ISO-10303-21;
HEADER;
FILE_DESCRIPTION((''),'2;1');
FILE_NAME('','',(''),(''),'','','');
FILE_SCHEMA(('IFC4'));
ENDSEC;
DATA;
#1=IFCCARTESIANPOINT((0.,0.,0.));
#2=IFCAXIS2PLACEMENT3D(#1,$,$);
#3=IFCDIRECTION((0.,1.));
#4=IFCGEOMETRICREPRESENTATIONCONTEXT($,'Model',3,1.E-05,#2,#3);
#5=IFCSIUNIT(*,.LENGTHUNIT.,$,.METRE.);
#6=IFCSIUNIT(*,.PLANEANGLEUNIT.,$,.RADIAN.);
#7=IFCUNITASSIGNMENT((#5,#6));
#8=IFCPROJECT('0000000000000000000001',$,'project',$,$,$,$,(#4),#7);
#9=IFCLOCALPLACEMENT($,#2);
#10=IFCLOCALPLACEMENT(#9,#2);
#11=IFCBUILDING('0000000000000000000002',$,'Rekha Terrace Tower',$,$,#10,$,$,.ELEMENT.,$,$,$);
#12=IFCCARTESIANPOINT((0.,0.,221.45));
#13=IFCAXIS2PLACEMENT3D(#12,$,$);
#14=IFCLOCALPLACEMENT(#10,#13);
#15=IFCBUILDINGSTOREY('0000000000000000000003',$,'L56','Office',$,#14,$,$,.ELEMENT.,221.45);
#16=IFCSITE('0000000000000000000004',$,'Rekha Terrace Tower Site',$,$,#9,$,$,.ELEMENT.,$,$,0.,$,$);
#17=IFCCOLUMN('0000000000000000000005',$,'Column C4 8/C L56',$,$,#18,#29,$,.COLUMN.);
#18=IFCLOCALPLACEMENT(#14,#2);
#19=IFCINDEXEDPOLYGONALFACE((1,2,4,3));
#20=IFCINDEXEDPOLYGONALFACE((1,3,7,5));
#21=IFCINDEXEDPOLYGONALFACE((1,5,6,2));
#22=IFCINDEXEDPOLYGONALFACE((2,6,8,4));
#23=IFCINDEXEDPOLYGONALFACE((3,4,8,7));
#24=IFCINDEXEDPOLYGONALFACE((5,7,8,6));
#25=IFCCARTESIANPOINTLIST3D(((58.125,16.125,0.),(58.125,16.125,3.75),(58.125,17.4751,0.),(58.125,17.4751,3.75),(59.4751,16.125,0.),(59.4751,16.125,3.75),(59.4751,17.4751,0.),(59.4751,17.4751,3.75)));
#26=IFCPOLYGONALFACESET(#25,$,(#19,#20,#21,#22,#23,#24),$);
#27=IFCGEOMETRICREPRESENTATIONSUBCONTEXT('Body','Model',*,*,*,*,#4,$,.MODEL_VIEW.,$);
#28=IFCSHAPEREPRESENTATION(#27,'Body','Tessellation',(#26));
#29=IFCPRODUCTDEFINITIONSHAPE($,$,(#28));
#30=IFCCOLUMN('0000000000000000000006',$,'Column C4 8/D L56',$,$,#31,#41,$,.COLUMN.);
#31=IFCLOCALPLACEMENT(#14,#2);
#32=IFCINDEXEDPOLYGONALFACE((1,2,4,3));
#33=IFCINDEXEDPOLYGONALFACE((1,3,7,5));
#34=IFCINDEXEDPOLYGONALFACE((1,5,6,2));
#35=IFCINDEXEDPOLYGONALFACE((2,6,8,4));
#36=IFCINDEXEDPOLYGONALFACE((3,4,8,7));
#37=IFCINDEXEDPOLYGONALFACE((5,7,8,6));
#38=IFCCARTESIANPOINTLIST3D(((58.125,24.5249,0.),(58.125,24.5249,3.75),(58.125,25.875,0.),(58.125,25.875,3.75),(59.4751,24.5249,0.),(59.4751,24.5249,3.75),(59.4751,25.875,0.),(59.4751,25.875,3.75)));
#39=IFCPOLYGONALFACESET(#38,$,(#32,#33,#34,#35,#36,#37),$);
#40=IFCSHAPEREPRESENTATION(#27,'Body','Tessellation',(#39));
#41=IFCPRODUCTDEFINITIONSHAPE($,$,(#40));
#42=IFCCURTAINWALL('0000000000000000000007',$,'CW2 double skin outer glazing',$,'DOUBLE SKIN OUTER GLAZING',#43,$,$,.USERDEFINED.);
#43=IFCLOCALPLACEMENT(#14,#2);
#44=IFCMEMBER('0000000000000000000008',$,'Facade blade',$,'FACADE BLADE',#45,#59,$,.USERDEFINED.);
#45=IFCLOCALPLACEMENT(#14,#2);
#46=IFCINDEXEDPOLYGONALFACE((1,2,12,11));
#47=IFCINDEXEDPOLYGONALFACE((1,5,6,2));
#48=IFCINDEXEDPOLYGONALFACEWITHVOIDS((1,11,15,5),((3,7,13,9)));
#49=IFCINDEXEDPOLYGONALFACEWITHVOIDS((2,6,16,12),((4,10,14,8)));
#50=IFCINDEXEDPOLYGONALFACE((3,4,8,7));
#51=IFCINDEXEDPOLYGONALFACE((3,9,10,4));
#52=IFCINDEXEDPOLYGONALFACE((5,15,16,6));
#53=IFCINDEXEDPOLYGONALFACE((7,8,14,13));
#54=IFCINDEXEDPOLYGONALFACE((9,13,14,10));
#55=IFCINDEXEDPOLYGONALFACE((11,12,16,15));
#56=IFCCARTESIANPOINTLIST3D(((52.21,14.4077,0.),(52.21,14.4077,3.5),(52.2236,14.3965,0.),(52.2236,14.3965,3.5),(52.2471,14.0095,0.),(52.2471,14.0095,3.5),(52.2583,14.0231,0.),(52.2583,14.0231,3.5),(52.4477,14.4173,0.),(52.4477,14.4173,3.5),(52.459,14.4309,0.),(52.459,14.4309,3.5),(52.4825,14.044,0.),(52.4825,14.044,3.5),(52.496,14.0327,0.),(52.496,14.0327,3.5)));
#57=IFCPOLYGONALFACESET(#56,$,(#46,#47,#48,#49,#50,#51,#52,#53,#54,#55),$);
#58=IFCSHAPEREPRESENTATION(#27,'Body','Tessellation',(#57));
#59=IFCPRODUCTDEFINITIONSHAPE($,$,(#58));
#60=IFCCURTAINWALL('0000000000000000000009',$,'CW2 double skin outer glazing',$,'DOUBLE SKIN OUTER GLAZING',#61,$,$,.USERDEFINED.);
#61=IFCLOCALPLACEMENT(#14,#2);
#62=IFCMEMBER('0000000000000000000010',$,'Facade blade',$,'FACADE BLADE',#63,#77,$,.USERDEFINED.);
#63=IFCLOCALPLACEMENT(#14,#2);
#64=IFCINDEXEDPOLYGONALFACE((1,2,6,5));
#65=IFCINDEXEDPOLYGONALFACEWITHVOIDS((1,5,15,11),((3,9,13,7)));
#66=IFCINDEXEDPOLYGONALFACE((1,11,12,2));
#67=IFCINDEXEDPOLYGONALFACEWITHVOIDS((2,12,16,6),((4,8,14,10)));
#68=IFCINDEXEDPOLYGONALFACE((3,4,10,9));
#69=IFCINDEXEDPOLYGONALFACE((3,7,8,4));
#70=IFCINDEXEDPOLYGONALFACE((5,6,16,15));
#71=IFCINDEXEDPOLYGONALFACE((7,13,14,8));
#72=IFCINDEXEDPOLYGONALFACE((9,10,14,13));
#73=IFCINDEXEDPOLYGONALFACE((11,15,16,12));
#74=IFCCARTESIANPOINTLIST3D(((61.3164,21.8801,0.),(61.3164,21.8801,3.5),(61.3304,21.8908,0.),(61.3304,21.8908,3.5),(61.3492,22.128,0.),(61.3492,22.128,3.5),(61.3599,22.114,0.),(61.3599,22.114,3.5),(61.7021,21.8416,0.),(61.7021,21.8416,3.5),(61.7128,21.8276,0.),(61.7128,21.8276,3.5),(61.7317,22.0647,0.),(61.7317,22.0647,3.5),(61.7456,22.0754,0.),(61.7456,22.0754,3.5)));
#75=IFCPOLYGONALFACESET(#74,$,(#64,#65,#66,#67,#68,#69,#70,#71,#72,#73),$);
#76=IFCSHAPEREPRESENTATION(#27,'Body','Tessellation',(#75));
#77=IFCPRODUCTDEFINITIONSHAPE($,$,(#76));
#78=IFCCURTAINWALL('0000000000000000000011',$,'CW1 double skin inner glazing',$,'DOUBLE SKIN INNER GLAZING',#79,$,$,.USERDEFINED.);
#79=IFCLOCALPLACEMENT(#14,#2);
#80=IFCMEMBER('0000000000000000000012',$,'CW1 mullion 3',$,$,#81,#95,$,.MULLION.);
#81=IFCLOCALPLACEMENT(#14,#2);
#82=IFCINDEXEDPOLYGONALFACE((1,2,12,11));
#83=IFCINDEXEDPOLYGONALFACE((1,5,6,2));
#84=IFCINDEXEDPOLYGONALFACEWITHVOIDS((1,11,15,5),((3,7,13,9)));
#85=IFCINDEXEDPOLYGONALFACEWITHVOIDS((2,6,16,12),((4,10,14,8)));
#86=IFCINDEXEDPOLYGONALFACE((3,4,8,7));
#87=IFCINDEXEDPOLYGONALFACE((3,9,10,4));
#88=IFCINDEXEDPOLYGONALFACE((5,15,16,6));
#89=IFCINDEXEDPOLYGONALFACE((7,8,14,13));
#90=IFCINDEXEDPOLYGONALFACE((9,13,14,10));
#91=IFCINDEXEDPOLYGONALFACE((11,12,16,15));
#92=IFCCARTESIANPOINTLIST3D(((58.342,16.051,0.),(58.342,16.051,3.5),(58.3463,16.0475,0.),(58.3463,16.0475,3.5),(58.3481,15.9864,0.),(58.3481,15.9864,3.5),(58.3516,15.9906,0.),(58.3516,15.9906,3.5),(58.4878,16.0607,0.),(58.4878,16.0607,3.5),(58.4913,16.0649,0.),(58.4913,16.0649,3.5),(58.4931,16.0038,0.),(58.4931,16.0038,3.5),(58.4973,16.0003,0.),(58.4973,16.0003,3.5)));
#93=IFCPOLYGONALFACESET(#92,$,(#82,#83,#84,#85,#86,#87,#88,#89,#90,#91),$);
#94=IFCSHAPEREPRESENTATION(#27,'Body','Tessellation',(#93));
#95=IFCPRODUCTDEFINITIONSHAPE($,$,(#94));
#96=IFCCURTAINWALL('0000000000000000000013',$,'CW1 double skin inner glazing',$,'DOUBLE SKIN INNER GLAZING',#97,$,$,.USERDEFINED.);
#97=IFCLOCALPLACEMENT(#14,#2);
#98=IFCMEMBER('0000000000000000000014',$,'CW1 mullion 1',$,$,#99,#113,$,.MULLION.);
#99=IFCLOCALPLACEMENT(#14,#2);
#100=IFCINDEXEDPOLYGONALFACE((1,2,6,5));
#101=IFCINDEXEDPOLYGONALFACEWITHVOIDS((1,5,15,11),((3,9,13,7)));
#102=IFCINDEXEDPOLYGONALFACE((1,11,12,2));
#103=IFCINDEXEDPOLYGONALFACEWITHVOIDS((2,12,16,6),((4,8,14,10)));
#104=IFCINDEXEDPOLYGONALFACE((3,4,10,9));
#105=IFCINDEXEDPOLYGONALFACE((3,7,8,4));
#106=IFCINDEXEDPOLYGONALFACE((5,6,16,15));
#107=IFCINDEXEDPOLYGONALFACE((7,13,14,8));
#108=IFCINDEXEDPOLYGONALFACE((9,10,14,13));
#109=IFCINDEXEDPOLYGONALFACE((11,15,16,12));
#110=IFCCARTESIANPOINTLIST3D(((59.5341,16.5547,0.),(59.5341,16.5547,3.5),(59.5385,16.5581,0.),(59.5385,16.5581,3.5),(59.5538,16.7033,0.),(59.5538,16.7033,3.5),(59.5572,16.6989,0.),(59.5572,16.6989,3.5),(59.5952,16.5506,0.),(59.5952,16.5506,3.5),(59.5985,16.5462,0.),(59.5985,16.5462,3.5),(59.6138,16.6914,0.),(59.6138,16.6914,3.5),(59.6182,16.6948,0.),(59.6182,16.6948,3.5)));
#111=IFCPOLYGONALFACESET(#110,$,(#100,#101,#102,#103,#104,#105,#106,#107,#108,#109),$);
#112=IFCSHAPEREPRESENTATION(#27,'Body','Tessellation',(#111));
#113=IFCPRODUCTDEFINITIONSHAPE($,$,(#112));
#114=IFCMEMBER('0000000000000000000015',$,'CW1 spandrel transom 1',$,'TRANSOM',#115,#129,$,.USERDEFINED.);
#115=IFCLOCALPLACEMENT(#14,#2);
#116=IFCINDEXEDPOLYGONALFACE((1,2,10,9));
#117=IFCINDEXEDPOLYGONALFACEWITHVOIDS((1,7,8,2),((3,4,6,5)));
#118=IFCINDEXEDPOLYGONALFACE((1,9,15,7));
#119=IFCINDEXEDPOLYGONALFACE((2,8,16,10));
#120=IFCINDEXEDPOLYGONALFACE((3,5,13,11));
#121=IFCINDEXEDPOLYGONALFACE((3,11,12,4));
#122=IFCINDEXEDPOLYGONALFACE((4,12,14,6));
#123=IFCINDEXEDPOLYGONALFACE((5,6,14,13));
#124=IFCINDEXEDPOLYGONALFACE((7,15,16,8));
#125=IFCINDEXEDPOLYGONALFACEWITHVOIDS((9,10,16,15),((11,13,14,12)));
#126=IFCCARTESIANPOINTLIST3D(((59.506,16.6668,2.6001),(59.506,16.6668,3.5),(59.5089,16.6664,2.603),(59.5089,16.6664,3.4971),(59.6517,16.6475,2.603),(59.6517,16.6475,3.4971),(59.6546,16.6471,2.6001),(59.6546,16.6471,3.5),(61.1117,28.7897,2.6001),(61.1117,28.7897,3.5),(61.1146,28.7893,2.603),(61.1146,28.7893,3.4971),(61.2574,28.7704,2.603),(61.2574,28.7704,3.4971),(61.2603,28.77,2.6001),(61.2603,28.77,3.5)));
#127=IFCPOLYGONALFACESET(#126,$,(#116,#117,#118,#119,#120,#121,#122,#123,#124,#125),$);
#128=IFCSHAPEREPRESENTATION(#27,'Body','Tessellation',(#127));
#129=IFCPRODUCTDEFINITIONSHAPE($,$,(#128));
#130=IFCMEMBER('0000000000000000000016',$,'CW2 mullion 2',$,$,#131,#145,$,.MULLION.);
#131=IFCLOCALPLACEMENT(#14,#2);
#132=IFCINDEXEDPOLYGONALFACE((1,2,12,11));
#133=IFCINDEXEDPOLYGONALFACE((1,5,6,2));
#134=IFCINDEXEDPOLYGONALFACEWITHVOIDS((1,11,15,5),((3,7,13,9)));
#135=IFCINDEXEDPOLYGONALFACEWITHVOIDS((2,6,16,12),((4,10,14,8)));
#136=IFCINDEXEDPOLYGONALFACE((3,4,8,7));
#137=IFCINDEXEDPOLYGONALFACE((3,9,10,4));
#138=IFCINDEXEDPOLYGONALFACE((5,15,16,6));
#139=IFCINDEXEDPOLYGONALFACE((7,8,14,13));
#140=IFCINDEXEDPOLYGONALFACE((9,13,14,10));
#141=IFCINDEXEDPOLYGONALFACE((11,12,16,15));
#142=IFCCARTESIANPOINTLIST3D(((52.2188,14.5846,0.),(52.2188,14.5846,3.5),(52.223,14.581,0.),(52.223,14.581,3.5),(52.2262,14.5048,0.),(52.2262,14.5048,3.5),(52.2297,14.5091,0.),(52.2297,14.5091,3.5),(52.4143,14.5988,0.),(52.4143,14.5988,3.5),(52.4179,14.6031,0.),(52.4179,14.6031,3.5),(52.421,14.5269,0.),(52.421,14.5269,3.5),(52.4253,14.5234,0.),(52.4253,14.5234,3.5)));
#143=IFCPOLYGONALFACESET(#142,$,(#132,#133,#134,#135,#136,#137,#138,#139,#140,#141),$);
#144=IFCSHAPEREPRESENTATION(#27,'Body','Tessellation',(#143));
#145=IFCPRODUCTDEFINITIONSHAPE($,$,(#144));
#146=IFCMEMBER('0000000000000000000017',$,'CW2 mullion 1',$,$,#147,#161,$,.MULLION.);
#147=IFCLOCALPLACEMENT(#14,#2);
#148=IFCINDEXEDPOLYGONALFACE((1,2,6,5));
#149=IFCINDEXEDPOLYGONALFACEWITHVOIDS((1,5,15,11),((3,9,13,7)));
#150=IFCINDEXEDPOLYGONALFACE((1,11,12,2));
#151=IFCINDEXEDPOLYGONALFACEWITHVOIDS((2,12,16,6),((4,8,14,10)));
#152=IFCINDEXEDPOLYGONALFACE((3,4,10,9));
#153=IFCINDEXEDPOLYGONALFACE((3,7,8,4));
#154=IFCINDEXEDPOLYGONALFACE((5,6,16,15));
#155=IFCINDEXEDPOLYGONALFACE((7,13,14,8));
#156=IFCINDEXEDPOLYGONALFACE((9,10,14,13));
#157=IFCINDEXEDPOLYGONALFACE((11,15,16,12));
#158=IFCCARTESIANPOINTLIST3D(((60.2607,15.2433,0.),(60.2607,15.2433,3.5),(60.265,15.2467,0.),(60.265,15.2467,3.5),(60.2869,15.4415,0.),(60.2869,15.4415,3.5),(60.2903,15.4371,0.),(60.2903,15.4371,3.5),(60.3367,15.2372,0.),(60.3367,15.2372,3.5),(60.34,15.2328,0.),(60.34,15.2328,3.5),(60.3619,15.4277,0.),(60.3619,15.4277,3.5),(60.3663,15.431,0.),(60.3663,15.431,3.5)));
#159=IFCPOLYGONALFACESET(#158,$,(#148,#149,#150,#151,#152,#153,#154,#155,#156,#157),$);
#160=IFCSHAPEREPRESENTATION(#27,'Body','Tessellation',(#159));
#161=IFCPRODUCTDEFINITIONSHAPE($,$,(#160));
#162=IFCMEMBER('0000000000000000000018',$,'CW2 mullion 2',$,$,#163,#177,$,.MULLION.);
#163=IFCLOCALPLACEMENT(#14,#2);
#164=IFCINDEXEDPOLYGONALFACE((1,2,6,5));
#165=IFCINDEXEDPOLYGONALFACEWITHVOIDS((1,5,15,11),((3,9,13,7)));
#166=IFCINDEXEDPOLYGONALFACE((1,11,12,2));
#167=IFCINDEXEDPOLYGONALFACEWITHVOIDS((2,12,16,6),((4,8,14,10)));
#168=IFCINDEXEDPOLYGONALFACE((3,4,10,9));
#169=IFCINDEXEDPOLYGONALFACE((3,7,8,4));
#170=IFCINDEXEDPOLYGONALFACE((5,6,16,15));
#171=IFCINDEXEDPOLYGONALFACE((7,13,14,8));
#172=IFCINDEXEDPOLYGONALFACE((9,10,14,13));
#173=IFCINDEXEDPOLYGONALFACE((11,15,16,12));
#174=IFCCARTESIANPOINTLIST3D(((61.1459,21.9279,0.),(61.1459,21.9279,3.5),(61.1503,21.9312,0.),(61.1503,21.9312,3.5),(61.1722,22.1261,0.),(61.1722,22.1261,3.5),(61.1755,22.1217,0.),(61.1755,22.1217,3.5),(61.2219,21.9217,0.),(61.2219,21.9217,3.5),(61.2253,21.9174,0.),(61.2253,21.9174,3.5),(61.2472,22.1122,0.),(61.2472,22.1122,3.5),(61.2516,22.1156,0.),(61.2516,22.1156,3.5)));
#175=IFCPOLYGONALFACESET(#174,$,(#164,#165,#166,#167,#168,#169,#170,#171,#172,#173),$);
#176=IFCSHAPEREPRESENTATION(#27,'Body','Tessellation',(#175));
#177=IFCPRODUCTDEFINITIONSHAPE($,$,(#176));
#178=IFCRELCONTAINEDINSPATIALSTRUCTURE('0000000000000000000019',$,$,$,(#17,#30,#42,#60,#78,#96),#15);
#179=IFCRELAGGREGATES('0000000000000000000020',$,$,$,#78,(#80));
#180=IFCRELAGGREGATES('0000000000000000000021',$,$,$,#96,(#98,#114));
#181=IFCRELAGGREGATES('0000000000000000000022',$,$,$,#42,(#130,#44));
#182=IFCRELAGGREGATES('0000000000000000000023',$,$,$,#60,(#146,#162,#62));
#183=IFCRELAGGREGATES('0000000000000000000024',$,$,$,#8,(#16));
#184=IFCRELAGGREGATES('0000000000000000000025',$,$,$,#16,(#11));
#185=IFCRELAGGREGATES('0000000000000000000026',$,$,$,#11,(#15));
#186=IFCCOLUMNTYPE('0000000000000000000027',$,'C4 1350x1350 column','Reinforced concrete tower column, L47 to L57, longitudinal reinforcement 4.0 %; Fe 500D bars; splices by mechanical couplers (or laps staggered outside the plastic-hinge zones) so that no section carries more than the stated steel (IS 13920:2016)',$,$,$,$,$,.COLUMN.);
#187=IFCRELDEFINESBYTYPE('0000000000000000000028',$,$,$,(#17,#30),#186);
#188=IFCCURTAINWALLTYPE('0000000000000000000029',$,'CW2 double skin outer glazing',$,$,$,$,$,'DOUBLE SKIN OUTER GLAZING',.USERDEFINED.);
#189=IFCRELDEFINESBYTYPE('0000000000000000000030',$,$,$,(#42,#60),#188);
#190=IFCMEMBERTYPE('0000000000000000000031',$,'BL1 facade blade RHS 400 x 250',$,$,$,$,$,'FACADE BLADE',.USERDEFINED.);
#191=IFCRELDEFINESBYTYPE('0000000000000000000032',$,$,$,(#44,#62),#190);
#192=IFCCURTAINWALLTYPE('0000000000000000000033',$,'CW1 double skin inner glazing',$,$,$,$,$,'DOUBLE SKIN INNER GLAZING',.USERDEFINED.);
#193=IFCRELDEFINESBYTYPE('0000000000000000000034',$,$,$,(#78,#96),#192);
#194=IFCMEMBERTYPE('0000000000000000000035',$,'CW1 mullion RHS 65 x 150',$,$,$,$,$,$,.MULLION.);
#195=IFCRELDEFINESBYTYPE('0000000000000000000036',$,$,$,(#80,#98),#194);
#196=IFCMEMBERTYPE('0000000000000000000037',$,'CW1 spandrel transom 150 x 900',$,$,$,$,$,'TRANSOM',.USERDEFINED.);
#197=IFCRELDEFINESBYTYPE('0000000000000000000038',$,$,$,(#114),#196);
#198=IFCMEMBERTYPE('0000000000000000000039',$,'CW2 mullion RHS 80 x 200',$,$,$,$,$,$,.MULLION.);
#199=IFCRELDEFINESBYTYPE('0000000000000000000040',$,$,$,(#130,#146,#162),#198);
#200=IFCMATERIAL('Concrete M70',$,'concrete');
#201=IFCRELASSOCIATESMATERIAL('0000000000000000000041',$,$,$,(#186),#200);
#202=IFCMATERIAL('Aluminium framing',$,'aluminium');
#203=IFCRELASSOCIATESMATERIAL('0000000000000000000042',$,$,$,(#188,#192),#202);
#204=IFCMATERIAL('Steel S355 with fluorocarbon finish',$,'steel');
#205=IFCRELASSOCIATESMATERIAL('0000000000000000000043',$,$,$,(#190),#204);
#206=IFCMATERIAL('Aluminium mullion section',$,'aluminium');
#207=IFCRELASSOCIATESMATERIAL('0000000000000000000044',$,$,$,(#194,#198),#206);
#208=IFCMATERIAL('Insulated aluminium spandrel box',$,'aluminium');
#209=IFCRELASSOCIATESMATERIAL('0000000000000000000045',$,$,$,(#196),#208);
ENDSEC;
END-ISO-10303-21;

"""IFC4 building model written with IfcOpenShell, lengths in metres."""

from ifc_helpers import new_model, si_unit, direction, frame, origin, origin_2d, place, context, subcontext, project, spatial, rectangle, hollow_rectangle, extrude, material, material_profile, profile_set, type_object, element, aggregate, save


model = new_model("IFC4")

# Units and contexts
model_context = context("Model", 3, precision=1e-05, world=origin(), true_north=direction((0.0, 1.0)))
body_context = subcontext(model_context, "Body", "Model", "MODEL_VIEW")
ifc_project = project(units=[si_unit("LENGTHUNIT", "METRE"), si_unit("PLANEANGLEUNIT", "RADIAN")], contexts=[model_context])

# Site, building, storey
site_placement = place(None, origin())
site = spatial("IfcSite", under=ifc_project, at=site_placement, Name="Rekha Terrace Tower Site", CompositionType="ELEMENT", RefElevation=0.0)
building_placement = place(site_placement, origin())
building = spatial("IfcBuilding", under=site, at=building_placement, Name="Rekha Terrace Tower", CompositionType="ELEMENT")
storey_placement = place(building_placement, frame((0.0, 0.0, 221.45)))
storey = spatial("IfcBuildingStorey", under=building, at=storey_placement, Name="L56", Description="Office", CompositionType="ELEMENT", Elevation=221.45)

# Columns
ifc_material_1 = material(Name="Concrete M70", Category="concrete")
ifc_material_profile_1 = material_profile(ifc_material_1, rectangle(XDim=1.3501, YDim=1.3501, at=origin_2d()), Name="RC 1350x1350")
ifc_profile_set_1 = profile_set([ifc_material_profile_1], Name="Concrete M70")
column_type = type_object("IfcColumnType", Name="C4 1350x1350 column", Description="Reinforced concrete tower column, L47 to L57, longitudinal reinforcement 4.0 %; Fe 500D bars; splices by mechanical couplers (or laps staggered outside the plastic-hinge zones) so that no section carries more than the stated steel (IS 13920:2016)", PredefinedType="COLUMN", material=ifc_profile_set_1)
for number, where, z_axis, x_axis, name in (
    (1, (58.8, 16.8, 0.0), (0.0, 0.0, 1.0), (1.0, 0.0, 0.0), "Column C4 8/C L56"),
    (2, (58.8, 25.2, 0.0), (0.0, 0.0, 1.0), (1.0, 0.0, 0.0), "Column C4 8/D L56"),
):
    element("IfcColumn", number, at=place(storey_placement, frame(where, z_axis=z_axis, x_axis=x_axis)), inside=storey, type_object=column_type, Name=name, PredefinedType="COLUMN", context=body_context, shape_type="SweptSolid", body=[
        extrude(rectangle(XDim=1.3501, YDim=1.3501, at=origin_2d()), origin(), (0.0, 0.0, 1.0), 3.75),
    ])

# Curtain walls, members
ifc_material_2 = material(Name="Aluminium framing", Category="aluminium")
curtain_wall_type_1 = type_object("IfcCurtainWallType", Name="CW2 double skin outer glazing", ElementType="DOUBLE SKIN OUTER GLAZING", PredefinedType="USERDEFINED", material=ifc_material_2)
curtain_wall_1_placement = place(storey_placement, origin())
curtain_wall_1 = element("IfcCurtainWall", 3, at=curtain_wall_1_placement, inside=storey, type_object=curtain_wall_type_1, Name="CW2 double skin outer glazing", ObjectType="DOUBLE SKIN OUTER GLAZING", PredefinedType="USERDEFINED")
ifc_material_3 = material(Name="Steel S355 with fluorocarbon finish", Category="steel")
ifc_material_profile_2 = material_profile(ifc_material_3, hollow_rectangle(XDim=0.25, YDim=0.3999, WallThickness=0.0125, at=origin_2d()), Name="RHS400x250x12.5")
ifc_profile_set_2 = profile_set([ifc_material_profile_2], Name="Steel S355 with fluorocarbon finish")
member_type_1 = type_object("IfcMemberType", Name="BL1 facade blade RHS 400 x 250", ElementType="FACADE BLADE", PredefinedType="USERDEFINED", material=ifc_profile_set_2)
member_1_placement = place(storey_placement, frame((52.353, 14.2202, 0.0), z_axis=(0.0, 0.0, 1.0), x_axis=(0.995693, 0.092709, 0.0)))
member_1 = element("IfcMember", 4, at=member_1_placement, type_object=member_type_1, Name="Facade blade", ObjectType="FACADE BLADE", PredefinedType="USERDEFINED", context=body_context, shape_type="SweptSolid", body=[
    extrude(hollow_rectangle(XDim=0.25, YDim=0.3999, WallThickness=0.0125, at=origin_2d()), origin(), (0.0, 0.0, 1.0), 3.5),
])
curtain_wall_2_placement = place(storey_placement, origin())
curtain_wall_2 = element("IfcCurtainWall", 5, at=curtain_wall_2_placement, inside=storey, type_object=curtain_wall_type_1, Name="CW2 double skin outer glazing", ObjectType="DOUBLE SKIN OUTER GLAZING", PredefinedType="USERDEFINED")
member_2_placement = place(storey_placement, frame((61.531, 21.9778, 0.0), z_axis=(0.0, 0.0, 1.0), x_axis=(0.131303, 0.991342, 0.0)))
member_2 = element("IfcMember", 6, at=member_2_placement, type_object=member_type_1, Name="Facade blade", ObjectType="FACADE BLADE", PredefinedType="USERDEFINED", context=body_context, shape_type="SweptSolid", body=[
    extrude(hollow_rectangle(XDim=0.25, YDim=0.3999, WallThickness=0.0125, at=origin_2d()), origin(), (0.0, 0.0, 1.0), 3.5),
])
curtain_wall_type_2 = type_object("IfcCurtainWallType", Name="CW1 double skin inner glazing", ElementType="DOUBLE SKIN INNER GLAZING", PredefinedType="USERDEFINED", material=ifc_material_2)
curtain_wall_3_placement = place(storey_placement, origin())
curtain_wall_3 = element("IfcCurtainWall", 7, at=curtain_wall_3_placement, inside=storey, type_object=curtain_wall_type_2, Name="CW1 double skin inner glazing", ObjectType="DOUBLE SKIN INNER GLAZING", PredefinedType="USERDEFINED")
ifc_material_4 = material(Name="Aluminium mullion section", Category="aluminium")
ifc_material_profile_3 = material_profile(ifc_material_4, hollow_rectangle(XDim=0.0649, YDim=0.1499, WallThickness=0.0039, at=origin_2d()), Name="AL RHS 65x150")
ifc_profile_set_3 = profile_set([ifc_material_profile_3], Name="Aluminium mullion section")
member_type_2 = type_object("IfcMemberType", Name="CW1 mullion RHS 65 x 150", PredefinedType="MULLION", material=ifc_profile_set_3)
member_3_placement = place(storey_placement, frame((58.4197, 16.0256, 0.0), z_axis=(0.0, 0.0, 1.0), x_axis=(-0.092709, 0.995693, 0.0)))
member_3 = element("IfcMember", 8, at=member_3_placement, type_object=member_type_2, Name="CW1 mullion 3", PredefinedType="MULLION", context=body_context, shape_type="SweptSolid", body=[
    extrude(hollow_rectangle(XDim=0.0649, YDim=0.1499, WallThickness=0.0039, at=origin_2d()), origin(), (0.0, 0.0, 1.0), 3.5),
])

# Curtain wall, members
curtain_wall_4_placement = place(storey_placement, origin())
curtain_wall_4 = element("IfcCurtainWall", 9, at=curtain_wall_4_placement, inside=storey, type_object=curtain_wall_type_2, Name="CW1 double skin inner glazing", ObjectType="DOUBLE SKIN INNER GLAZING", PredefinedType="USERDEFINED")
member_4_placement = place(storey_placement, frame((59.5762, 16.6248, 0.0), z_axis=(0.0, 0.0, 1.0), x_axis=(-0.991342, 0.131304, 0.0)))
member_4 = element("IfcMember", 10, at=member_4_placement, type_object=member_type_2, Name="CW1 mullion 1", PredefinedType="MULLION", context=body_context, shape_type="SweptSolid", body=[
    extrude(hollow_rectangle(XDim=0.0649, YDim=0.1499, WallThickness=0.0039, at=origin_2d()), origin(), (0.0, 0.0, 1.0), 3.5),
])
ifc_material_5 = material(Name="Insulated aluminium spandrel box", Category="aluminium")
ifc_material_profile_4 = material_profile(ifc_material_5, hollow_rectangle(XDim=0.1499, YDim=0.8999, WallThickness=0.0029, at=origin_2d()), Name="AL SPANDREL BOX 150x900")
ifc_profile_set_4 = profile_set([ifc_material_profile_4], Name="Insulated aluminium spandrel box")
member_type_3 = type_object("IfcMemberType", Name="CW1 spandrel transom 150 x 900", ElementType="TRANSOM", PredefinedType="USERDEFINED", material=ifc_profile_set_4)
member_5_placement = place(storey_placement, frame((59.5803, 16.657, 3.05), z_axis=(0.131307, 0.991342, 0.0), x_axis=(-0.991342, 0.131307, 0.0)))
member_5 = element("IfcMember", 11, at=member_5_placement, type_object=member_type_3, Name="CW1 spandrel transom 1", ObjectType="TRANSOM", PredefinedType="USERDEFINED", context=body_context, shape_type="SweptSolid", body=[
    extrude(hollow_rectangle(XDim=0.1499, YDim=0.8999, WallThickness=0.0029, at=origin_2d()), origin(), (0.0, 0.0, 1.0), 12.2288),
])

# Members
ifc_material_profile_5 = material_profile(ifc_material_4, hollow_rectangle(XDim=0.0801, YDim=0.2, WallThickness=0.0039, at=origin_2d()), Name="AL RHS 80x200")
ifc_profile_set_5 = profile_set([ifc_material_profile_5], Name="Aluminium mullion section")
member_type_4 = type_object("IfcMemberType", Name="CW2 mullion RHS 80 x 200", PredefinedType="MULLION", material=ifc_profile_set_5)
member_6_placement = place(storey_placement, frame((52.322, 14.554, 0.0), z_axis=(0.0, 0.0, 1.0), x_axis=(-0.092709, 0.995693, 0.0)))
member_6 = element("IfcMember", 12, at=member_6_placement, type_object=member_type_4, Name="CW2 mullion 2", PredefinedType="MULLION", context=body_context, shape_type="SweptSolid", body=[
    extrude(hollow_rectangle(XDim=0.0801, YDim=0.2, WallThickness=0.0039, at=origin_2d()), origin(), (0.0, 0.0, 1.0), 3.5),
])
member_7_placement = place(storey_placement, frame((60.3135, 15.3372, 0.0), z_axis=(0.0, 0.0, 1.0), x_axis=(-0.991342, 0.131304, 0.0)))
member_7 = element("IfcMember", 13, at=member_7_placement, type_object=member_type_4, Name="CW2 mullion 1", PredefinedType="MULLION", context=body_context, shape_type="SweptSolid", body=[
    extrude(hollow_rectangle(XDim=0.0801, YDim=0.2, WallThickness=0.0039, at=origin_2d()), origin(), (0.0, 0.0, 1.0), 3.5),
])
member_8_placement = place(storey_placement, frame((61.1987, 22.0217, 0.0), z_axis=(0.0, 0.0, 1.0), x_axis=(-0.991342, 0.131304, 0.0)))
member_8 = element("IfcMember", 14, at=member_8_placement, type_object=member_type_4, Name="CW2 mullion 2", PredefinedType="MULLION", context=body_context, shape_type="SweptSolid", body=[
    extrude(hollow_rectangle(XDim=0.0801, YDim=0.2, WallThickness=0.0039, at=origin_2d()), origin(), (0.0, 0.0, 1.0), 3.5),
])

aggregate(curtain_wall_3, [member_3])
aggregate(curtain_wall_4, [member_4, member_5])
aggregate(curtain_wall_1, [member_6, member_1])
aggregate(curtain_wall_2, [member_7, member_8, member_2])

save(model, "model.ifc")
